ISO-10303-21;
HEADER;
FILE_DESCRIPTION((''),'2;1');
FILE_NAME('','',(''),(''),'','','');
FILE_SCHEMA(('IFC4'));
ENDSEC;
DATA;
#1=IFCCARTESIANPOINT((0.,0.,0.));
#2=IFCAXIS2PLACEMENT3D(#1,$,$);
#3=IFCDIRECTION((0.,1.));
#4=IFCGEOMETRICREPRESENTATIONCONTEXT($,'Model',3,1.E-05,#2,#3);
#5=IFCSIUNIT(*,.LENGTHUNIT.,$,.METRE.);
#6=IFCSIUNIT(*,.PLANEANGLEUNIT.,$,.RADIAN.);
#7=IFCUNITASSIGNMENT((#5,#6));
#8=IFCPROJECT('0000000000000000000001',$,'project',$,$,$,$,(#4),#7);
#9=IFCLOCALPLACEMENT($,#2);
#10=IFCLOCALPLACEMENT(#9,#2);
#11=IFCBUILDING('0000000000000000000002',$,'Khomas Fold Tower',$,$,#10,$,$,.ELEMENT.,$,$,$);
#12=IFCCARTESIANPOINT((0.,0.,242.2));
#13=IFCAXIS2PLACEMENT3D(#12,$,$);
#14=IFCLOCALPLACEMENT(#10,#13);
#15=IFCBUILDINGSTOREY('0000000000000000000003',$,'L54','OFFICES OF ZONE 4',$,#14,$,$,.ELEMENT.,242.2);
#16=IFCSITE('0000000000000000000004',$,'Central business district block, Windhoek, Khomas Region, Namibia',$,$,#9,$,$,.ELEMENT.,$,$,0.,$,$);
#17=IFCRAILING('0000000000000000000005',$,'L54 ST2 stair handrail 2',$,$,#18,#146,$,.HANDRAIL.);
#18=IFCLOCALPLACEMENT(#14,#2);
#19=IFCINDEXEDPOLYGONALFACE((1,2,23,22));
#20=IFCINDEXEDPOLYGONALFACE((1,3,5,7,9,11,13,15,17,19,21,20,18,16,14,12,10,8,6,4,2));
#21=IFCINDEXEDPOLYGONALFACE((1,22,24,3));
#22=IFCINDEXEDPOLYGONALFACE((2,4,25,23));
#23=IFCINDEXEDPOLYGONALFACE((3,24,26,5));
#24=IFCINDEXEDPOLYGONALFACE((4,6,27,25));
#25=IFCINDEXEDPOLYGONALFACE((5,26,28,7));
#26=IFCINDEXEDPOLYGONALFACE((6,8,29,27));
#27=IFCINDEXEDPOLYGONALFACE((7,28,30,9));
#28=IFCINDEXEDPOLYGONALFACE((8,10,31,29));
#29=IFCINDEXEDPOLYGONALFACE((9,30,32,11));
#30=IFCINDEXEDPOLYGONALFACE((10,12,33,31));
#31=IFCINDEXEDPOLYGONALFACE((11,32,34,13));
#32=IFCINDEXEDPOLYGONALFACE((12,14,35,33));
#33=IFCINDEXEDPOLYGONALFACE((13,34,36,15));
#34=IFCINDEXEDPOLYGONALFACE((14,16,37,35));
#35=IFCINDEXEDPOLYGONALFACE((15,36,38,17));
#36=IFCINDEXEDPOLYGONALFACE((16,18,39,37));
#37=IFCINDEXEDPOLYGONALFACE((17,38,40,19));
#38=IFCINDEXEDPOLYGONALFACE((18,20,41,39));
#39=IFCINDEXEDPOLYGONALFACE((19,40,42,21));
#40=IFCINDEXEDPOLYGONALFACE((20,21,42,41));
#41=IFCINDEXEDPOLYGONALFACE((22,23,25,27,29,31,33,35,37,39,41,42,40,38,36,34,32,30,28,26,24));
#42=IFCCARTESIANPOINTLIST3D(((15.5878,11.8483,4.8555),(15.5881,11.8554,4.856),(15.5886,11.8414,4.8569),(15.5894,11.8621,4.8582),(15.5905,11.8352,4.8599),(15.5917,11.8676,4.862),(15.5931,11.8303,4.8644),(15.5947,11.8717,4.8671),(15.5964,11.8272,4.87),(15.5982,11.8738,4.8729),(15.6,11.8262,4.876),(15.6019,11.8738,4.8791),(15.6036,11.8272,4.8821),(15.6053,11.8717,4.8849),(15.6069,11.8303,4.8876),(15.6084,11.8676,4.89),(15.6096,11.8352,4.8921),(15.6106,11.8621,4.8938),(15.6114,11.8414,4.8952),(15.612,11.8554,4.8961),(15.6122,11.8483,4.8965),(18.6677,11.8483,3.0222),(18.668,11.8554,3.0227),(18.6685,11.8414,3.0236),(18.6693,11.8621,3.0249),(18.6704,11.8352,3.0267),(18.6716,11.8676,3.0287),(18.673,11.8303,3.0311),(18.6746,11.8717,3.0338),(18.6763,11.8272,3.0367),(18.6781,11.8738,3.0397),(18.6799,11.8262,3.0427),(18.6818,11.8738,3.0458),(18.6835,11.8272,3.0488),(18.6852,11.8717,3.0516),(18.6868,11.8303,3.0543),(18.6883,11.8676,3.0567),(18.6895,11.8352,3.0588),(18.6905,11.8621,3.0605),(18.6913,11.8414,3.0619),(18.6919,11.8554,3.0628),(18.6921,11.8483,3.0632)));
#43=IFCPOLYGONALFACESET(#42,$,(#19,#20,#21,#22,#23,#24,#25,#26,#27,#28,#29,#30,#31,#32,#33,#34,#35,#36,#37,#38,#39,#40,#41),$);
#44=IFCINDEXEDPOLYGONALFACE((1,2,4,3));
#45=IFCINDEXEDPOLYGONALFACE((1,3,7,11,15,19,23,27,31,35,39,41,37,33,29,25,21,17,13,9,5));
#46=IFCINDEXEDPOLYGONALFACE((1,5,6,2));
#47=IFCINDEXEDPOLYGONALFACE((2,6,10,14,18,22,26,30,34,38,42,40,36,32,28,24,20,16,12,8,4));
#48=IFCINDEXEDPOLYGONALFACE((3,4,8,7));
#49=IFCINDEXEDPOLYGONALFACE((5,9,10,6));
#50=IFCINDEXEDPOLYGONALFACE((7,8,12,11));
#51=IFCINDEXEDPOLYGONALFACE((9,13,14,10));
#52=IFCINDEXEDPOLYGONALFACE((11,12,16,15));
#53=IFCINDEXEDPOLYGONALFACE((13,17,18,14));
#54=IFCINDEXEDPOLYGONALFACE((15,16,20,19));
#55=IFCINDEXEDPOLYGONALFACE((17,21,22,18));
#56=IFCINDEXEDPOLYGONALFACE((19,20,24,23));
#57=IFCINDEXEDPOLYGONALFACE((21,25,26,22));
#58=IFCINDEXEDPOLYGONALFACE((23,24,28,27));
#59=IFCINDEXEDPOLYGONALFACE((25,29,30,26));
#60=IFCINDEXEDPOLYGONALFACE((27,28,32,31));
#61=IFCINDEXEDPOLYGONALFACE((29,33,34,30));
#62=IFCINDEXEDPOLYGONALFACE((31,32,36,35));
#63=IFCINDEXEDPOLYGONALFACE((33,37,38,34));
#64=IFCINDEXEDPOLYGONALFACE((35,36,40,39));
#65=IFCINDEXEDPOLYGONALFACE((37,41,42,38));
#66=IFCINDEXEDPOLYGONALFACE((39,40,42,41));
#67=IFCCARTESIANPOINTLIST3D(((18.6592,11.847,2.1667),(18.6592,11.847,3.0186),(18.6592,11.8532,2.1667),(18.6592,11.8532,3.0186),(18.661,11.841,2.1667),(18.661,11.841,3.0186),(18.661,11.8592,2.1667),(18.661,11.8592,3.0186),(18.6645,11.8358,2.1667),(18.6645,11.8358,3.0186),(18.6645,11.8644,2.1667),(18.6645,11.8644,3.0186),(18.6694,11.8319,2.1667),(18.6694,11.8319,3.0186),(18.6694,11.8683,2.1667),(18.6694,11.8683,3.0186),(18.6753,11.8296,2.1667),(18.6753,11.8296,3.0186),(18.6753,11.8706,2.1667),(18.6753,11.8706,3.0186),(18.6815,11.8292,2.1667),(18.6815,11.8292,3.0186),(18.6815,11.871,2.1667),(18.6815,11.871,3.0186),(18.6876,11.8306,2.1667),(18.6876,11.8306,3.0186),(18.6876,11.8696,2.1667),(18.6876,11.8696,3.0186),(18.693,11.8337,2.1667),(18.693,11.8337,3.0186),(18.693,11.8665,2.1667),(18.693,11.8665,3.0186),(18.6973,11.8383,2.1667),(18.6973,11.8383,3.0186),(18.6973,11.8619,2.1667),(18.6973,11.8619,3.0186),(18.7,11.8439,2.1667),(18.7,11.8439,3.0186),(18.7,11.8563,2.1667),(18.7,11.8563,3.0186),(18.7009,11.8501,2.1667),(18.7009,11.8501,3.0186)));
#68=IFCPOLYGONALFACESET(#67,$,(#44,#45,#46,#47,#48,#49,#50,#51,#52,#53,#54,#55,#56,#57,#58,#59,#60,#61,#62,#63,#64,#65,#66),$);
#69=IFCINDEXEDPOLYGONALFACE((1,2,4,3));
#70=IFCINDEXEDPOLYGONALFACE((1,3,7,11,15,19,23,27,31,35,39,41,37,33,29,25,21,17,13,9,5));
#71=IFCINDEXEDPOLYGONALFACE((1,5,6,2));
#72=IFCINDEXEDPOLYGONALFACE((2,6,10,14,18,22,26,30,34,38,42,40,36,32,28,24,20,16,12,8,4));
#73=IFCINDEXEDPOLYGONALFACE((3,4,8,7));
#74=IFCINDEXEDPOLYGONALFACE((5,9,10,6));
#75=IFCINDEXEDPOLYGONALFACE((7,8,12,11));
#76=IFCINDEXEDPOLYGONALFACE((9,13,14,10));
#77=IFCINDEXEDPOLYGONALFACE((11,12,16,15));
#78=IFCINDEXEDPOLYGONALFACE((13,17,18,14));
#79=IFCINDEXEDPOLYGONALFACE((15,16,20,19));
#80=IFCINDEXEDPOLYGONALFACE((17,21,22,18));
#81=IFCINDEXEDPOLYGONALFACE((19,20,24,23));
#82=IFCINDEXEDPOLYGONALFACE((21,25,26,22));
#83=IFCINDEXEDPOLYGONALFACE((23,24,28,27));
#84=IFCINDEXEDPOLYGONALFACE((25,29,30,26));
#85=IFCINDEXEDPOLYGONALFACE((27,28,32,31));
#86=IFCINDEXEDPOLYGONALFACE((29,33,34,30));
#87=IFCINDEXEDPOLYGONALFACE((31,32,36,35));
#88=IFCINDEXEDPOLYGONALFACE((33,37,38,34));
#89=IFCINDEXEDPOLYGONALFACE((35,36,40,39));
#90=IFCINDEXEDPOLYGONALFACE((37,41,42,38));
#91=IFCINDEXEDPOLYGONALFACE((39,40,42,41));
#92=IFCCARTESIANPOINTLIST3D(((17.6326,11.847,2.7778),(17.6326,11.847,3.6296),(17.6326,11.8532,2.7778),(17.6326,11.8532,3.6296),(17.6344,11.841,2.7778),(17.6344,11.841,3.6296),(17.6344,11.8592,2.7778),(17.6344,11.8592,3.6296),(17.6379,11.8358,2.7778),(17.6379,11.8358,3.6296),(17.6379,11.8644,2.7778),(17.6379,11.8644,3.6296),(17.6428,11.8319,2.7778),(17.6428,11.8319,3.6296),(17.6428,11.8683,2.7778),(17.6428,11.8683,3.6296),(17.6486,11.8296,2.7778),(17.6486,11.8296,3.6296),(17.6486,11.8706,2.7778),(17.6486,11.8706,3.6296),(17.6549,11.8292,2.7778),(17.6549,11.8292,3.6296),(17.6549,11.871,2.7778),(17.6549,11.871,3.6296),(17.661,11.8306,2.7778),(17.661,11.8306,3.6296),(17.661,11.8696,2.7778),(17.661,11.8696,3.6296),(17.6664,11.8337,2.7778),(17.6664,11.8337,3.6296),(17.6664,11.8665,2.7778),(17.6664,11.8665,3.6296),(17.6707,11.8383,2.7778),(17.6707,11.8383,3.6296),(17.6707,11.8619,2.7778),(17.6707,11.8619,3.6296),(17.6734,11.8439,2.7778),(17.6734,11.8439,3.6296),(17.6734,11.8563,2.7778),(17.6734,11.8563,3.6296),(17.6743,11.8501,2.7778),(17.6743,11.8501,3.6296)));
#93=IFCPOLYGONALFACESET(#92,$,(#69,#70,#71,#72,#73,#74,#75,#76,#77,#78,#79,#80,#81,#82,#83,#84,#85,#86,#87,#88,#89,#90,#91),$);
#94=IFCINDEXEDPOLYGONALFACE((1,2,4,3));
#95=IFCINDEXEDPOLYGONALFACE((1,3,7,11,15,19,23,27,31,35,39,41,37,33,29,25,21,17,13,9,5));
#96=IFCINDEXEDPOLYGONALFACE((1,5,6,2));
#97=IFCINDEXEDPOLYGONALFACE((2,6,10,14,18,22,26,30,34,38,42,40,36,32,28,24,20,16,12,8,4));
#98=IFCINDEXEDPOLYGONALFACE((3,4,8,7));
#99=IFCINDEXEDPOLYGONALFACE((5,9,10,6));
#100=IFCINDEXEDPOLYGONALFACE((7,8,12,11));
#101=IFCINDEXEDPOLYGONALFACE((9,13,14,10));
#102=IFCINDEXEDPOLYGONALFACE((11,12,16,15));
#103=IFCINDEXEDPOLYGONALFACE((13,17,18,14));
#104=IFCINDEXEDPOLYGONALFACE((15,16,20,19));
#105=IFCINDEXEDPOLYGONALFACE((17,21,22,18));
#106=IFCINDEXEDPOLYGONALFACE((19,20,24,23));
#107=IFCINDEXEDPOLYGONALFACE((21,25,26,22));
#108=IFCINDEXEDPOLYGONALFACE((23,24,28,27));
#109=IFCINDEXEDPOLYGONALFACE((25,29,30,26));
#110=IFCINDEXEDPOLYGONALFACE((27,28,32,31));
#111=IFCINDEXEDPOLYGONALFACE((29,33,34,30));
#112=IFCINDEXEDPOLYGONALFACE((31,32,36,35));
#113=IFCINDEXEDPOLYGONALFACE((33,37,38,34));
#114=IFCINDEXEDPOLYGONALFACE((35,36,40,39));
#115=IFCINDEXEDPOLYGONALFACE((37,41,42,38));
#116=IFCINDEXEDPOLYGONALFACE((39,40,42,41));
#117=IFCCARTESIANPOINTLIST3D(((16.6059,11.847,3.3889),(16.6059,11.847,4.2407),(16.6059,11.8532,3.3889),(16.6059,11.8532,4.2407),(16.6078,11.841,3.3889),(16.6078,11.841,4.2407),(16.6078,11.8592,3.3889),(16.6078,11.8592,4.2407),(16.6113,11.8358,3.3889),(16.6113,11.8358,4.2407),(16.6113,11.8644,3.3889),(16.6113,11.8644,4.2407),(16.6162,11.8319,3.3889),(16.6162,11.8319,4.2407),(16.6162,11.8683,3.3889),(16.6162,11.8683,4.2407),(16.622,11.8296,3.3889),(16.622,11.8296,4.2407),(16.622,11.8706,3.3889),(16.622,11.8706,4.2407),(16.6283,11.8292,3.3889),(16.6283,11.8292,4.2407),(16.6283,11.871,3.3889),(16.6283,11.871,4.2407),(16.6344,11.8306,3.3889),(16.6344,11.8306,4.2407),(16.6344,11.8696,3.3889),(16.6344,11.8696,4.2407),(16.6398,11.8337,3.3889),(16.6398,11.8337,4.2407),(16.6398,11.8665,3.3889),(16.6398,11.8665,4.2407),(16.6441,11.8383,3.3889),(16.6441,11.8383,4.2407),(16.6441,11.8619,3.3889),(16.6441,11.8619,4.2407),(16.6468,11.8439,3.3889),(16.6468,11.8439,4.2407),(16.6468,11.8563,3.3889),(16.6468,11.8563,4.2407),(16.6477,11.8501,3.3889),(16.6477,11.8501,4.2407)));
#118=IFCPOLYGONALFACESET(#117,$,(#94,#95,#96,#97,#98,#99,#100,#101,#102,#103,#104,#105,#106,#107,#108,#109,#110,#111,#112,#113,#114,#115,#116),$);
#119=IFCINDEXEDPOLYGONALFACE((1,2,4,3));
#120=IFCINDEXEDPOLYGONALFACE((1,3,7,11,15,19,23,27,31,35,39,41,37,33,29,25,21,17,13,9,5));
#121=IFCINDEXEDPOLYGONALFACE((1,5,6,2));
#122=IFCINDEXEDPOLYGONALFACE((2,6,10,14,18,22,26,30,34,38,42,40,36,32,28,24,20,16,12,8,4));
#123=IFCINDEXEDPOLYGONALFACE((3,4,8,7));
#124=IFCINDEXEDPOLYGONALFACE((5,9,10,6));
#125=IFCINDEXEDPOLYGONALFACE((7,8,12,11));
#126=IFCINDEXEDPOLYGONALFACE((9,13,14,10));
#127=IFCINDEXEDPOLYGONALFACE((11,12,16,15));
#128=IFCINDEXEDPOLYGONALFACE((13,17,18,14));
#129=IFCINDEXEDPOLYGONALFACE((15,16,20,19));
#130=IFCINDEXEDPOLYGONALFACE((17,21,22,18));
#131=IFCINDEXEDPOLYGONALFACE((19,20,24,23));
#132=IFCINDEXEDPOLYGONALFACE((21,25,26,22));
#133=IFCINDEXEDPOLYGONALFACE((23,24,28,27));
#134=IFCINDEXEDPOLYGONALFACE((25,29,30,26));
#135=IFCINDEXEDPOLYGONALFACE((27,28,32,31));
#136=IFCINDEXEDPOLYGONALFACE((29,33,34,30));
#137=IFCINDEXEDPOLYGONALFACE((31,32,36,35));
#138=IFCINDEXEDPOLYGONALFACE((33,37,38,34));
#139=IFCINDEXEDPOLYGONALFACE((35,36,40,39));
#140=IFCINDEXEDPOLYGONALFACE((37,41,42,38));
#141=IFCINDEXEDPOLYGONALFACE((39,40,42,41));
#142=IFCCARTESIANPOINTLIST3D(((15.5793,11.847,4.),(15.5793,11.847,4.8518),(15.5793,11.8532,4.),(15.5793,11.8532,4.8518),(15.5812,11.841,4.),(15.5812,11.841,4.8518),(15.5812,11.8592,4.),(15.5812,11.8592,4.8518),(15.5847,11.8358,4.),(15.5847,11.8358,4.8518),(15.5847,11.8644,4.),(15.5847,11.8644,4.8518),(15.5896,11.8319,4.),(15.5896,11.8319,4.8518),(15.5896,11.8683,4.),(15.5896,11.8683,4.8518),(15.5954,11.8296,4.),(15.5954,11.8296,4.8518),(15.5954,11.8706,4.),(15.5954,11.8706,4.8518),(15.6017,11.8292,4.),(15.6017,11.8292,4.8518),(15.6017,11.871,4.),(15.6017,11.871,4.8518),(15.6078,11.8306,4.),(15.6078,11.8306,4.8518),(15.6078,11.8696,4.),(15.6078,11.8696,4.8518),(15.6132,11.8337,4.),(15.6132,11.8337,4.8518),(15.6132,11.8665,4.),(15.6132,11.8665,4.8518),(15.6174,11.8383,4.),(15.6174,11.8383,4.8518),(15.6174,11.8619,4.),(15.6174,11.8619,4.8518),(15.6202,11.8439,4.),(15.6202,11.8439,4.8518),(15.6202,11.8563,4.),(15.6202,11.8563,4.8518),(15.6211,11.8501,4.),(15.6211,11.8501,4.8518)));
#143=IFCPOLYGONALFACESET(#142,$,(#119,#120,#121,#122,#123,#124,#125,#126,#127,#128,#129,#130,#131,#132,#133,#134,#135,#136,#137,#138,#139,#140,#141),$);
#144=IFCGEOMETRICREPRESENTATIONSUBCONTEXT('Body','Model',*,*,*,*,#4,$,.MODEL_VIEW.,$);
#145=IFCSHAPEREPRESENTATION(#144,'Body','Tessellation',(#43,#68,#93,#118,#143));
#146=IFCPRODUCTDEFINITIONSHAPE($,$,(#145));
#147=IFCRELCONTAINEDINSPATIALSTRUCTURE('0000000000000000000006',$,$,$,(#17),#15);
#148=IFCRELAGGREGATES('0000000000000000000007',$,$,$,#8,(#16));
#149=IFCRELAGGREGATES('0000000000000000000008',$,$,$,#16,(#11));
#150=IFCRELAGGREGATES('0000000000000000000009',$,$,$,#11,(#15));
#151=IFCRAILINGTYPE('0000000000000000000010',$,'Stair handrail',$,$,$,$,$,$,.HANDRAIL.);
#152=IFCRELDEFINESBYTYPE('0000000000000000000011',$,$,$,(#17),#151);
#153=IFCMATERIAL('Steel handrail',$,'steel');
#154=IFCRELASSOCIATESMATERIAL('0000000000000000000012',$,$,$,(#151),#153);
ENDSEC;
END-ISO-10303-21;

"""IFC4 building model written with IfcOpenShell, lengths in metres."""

from ifc_helpers import new_model, si_unit, direction, frame, origin, origin_2d, place, context, subcontext, project, spatial, circle, extrude, source, transform, mapped, material, type_object, element, save


model = new_model("IFC4")

# Units and contexts
model_context = context("Model", 3, precision=1e-05, world=origin(), true_north=direction((0.0, 1.0)))
body_context = subcontext(model_context, "Body", "Model", "MODEL_VIEW")
ifc_project = project(units=[si_unit("LENGTHUNIT", "METRE"), si_unit("PLANEANGLEUNIT", "RADIAN")], contexts=[model_context])

# Site, building, storey
site_placement = place(None, origin())
site = spatial("IfcSite", under=ifc_project, at=site_placement, Name="Central business district block, Windhoek, Khomas Region, Namibia", CompositionType="ELEMENT", RefElevation=0.0)
building_placement = place(site_placement, origin())
building = spatial("IfcBuilding", under=site, at=building_placement, Name="Khomas Fold Tower", CompositionType="ELEMENT")
storey_placement = place(building_placement, frame((0.0, 0.0, 242.2)))
storey = spatial("IfcBuildingStorey", under=building, at=storey_placement, Name="L54", Description="OFFICES OF ZONE 4", CompositionType="ELEMENT", Elevation=242.2)

# Railing
ifc_material_1 = material(Name="Steel handrail", Category="steel")
railing_type_1 = type_object("IfcRailingType", Name="Stair handrail", PredefinedType="HANDRAIL", material=ifc_material_1)
shared_shape_1 = source(origin(), body_context, "Body", "SweptSolid", [
    extrude(circle(Radius=0.0239, at=origin_2d()), frame((0.0, 0.0, 0.876), z_axis=(-0.859291, 0.0, 0.511487), x_axis=(0.0, -1.0, 0.0)), (0.0, 0.0, 1.0), 3.5842),
    extrude(circle(Radius=0.021, at=origin_2d()), origin(), (0.0, 0.0, 1.0), 0.8518),
    extrude(circle(Radius=0.021, at=origin_2d()), frame((-1.0266, 0.0, 0.6111)), (0.0, 0.0, 1.0), 0.8518),
    extrude(circle(Radius=0.021, at=origin_2d()), frame((-2.0532, 0.0, 1.2222)), (0.0, 0.0, 1.0), 0.8518),
    extrude(circle(Radius=0.021, at=origin_2d()), frame((-3.0798, 0.0, 1.8333)), (0.0, 0.0, 1.0), 0.8518),
])
railing_1_placement = place(storey_placement, frame((18.6799, 11.8501, 2.1667)))
element("IfcRailing", 1, at=railing_1_placement, inside=storey, type_object=railing_type_1, Name="L54 ST2 stair handrail 2", PredefinedType="HANDRAIL", context=body_context, shape_type="MappedRepresentation", body=[
    mapped(shared_shape_1, transform((0.0, 0.0, 0.0))),
])

save(model, "model.ifc")
